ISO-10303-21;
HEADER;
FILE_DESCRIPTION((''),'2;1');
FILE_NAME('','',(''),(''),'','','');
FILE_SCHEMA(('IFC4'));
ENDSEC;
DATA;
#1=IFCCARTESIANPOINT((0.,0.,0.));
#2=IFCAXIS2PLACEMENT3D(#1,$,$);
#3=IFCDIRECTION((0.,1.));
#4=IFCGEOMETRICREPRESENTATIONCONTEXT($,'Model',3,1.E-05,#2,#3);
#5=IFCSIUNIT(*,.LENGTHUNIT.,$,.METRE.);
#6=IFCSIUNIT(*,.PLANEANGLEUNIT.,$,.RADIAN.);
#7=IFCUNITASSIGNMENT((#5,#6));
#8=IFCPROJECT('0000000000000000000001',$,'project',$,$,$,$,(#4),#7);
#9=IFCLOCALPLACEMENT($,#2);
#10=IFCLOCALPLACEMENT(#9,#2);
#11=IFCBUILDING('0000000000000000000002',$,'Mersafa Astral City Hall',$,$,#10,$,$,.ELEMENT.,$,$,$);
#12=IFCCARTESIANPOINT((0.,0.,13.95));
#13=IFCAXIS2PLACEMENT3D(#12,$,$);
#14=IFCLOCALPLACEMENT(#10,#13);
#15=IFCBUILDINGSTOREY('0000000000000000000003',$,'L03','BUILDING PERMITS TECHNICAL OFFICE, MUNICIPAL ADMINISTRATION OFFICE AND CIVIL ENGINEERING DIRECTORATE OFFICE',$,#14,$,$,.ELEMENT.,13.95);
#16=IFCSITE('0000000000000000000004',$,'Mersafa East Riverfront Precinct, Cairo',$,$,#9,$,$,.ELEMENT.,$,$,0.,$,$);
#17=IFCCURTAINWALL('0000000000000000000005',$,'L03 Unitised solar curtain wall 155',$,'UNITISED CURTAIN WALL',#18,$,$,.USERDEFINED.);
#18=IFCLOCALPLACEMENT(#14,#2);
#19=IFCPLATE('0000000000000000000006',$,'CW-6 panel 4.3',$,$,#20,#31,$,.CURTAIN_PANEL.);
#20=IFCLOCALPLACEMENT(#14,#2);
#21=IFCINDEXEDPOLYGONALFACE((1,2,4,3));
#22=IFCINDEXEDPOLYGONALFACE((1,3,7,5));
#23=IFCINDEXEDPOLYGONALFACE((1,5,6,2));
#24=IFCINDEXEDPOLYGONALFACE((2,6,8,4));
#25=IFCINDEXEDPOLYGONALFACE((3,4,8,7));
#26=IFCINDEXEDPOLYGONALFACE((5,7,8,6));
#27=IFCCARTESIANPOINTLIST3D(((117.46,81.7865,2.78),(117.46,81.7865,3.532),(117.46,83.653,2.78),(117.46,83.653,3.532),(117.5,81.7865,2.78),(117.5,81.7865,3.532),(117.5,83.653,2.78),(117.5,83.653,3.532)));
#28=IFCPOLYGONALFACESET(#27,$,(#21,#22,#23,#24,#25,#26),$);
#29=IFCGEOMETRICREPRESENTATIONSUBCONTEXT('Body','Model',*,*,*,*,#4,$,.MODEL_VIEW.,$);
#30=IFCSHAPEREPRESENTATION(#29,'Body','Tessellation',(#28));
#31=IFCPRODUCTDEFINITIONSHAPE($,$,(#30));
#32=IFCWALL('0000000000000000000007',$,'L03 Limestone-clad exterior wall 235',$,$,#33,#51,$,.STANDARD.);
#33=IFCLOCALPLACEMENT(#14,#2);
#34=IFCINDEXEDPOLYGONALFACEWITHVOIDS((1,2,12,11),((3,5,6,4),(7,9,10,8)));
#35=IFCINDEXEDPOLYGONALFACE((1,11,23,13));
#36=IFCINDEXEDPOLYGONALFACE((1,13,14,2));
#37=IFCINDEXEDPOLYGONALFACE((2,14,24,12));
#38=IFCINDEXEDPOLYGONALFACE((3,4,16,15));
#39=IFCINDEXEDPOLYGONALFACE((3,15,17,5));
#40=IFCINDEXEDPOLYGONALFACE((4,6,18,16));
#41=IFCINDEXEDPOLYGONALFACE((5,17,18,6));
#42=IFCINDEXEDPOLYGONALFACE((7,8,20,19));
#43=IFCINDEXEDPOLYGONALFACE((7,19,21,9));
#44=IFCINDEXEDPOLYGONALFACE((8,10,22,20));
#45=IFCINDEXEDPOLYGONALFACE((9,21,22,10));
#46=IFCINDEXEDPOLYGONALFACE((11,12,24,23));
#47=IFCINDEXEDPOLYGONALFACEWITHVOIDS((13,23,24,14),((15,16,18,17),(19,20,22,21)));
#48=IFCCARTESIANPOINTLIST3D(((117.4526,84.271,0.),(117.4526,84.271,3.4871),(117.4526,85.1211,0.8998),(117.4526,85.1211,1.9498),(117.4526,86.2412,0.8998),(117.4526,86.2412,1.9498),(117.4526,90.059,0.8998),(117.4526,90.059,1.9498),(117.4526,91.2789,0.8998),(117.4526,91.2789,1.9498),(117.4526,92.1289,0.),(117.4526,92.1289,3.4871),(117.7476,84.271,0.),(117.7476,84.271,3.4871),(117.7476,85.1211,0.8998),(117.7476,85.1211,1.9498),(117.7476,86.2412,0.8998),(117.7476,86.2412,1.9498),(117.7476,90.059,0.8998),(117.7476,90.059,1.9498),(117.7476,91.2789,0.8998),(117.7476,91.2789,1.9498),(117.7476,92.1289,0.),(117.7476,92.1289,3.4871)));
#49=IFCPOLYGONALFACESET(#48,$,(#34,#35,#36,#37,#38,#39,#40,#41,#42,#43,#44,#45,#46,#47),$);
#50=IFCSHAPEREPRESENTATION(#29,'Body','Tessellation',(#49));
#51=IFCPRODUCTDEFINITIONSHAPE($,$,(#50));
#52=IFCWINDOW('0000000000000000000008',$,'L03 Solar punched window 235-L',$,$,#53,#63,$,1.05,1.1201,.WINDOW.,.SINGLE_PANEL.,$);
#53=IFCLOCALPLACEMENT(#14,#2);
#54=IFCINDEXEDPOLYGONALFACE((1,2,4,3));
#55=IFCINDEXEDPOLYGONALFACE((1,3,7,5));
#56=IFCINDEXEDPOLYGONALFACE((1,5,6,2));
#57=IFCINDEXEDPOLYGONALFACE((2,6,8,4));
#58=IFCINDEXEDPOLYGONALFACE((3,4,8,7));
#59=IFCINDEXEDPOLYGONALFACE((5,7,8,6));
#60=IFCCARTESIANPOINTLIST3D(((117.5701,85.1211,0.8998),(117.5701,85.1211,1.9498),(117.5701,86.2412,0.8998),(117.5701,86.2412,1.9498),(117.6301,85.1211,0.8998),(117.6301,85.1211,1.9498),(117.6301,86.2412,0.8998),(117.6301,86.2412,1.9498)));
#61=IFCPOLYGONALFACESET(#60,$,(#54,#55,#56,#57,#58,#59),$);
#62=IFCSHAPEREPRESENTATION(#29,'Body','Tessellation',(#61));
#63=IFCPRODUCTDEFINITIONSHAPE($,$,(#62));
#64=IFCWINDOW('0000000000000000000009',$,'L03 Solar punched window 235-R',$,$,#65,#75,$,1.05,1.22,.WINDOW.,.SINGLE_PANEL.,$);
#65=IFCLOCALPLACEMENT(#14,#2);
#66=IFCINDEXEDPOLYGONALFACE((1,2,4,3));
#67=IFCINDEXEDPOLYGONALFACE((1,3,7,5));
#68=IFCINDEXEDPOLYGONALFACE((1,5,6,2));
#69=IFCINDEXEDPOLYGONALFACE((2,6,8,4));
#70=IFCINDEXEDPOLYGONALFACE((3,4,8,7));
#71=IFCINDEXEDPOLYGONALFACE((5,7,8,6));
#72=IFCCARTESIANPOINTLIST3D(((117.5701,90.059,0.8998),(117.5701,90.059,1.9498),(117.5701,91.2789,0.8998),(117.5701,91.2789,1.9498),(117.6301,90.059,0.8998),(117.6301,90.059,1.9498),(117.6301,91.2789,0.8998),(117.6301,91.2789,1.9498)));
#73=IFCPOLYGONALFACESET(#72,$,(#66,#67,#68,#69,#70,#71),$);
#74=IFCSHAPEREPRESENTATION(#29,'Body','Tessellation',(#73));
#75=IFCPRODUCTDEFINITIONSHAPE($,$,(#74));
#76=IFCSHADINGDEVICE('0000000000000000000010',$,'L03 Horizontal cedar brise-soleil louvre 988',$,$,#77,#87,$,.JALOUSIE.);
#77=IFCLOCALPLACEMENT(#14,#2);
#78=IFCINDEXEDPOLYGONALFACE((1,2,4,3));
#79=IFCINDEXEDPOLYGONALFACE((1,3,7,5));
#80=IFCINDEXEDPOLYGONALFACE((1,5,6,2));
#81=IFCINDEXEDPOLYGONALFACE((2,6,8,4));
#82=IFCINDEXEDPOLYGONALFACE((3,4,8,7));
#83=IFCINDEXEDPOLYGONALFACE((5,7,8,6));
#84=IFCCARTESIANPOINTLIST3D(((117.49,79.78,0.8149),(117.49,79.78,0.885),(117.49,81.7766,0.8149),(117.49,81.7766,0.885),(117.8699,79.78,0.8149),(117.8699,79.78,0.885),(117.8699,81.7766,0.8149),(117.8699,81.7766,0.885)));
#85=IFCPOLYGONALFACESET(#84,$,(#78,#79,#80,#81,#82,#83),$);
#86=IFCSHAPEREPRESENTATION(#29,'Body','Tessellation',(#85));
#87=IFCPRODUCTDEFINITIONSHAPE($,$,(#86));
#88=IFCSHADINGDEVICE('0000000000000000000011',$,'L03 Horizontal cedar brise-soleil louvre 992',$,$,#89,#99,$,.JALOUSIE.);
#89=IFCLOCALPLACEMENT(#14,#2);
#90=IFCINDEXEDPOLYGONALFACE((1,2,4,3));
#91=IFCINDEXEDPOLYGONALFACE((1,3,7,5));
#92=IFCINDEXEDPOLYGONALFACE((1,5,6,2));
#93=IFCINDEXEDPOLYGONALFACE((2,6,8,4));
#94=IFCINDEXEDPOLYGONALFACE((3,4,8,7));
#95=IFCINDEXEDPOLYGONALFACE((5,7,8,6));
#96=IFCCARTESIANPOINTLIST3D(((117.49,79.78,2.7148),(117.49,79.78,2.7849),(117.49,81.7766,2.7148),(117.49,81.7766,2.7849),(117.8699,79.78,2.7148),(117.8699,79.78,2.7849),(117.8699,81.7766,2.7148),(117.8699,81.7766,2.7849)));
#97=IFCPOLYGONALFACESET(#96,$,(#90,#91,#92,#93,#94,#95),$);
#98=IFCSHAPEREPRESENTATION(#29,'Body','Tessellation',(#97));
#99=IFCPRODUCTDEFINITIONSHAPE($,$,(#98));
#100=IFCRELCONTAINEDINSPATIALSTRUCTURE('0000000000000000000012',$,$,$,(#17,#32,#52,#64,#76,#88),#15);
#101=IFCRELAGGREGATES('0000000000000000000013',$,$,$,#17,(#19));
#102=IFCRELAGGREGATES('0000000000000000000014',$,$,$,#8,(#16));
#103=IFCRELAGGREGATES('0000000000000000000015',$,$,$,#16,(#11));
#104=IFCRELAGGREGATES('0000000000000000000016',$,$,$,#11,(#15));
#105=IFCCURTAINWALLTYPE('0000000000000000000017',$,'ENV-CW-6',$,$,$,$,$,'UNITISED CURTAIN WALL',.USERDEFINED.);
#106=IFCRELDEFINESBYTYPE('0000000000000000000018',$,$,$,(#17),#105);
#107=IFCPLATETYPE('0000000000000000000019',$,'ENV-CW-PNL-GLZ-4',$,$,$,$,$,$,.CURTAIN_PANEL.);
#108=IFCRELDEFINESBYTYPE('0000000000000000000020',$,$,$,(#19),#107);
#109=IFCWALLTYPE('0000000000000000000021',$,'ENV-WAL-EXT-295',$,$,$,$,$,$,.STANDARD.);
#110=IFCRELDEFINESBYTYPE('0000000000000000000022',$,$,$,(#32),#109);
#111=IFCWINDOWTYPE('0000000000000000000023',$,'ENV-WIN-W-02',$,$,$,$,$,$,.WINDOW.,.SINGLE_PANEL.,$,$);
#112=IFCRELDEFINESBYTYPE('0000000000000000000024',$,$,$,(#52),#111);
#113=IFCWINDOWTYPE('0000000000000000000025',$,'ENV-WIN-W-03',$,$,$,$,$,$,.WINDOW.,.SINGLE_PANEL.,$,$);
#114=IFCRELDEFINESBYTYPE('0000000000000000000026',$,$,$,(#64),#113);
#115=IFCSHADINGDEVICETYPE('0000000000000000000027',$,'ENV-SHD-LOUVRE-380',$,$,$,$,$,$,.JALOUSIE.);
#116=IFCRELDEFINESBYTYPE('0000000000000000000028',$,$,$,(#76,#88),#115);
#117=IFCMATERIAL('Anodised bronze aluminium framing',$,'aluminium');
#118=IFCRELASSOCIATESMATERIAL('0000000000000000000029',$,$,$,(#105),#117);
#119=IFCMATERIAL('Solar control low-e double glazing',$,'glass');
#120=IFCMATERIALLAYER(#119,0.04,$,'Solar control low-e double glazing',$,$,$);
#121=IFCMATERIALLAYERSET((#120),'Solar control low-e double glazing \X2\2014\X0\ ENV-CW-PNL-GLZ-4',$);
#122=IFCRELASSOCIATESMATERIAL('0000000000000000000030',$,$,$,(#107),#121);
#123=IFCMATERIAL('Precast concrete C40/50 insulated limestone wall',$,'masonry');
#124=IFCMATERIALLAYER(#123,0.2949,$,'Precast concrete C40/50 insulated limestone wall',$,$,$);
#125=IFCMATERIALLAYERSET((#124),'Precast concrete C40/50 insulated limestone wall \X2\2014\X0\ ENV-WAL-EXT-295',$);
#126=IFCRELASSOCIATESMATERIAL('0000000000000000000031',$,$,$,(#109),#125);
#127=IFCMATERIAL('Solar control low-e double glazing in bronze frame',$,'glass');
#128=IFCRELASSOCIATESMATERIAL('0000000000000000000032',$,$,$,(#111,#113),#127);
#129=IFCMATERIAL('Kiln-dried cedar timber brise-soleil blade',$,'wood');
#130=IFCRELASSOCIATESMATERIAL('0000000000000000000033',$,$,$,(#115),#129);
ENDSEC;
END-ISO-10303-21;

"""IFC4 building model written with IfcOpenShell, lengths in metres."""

from ifc_helpers import new_model, si_unit, direction, frame, frame_2d, origin, origin_2d, place, context, subcontext, project, spatial, rectangle, extrude, material, layer, layer_set, type_object, element, fill, aggregate, save


model = new_model("IFC4")

# Units and contexts
model_context = context("Model", 3, precision=1e-05, world=origin(), true_north=direction((0.0, 1.0)))
body_context = subcontext(model_context, "Body", "Model", "MODEL_VIEW")
ifc_project = project(units=[si_unit("LENGTHUNIT", "METRE"), si_unit("PLANEANGLEUNIT", "RADIAN")], contexts=[model_context])

# Site, building, storey
site_placement = place(None, origin())
site = spatial("IfcSite", under=ifc_project, at=site_placement, Name="Mersafa East Riverfront Precinct, Cairo", CompositionType="ELEMENT", RefElevation=0.0)
building_placement = place(site_placement, origin())
building = spatial("IfcBuilding", under=site, at=building_placement, Name="Mersafa Astral City Hall", CompositionType="ELEMENT")
storey_placement = place(building_placement, frame((0.0, 0.0, 13.95)))
storey = spatial("IfcBuildingStorey", under=building, at=storey_placement, Name="L03", Description="BUILDING PERMITS TECHNICAL OFFICE, MUNICIPAL ADMINISTRATION OFFICE AND CIVIL ENGINEERING DIRECTORATE OFFICE", CompositionType="ELEMENT", Elevation=13.95)

# Curtain wall
ifc_material_1 = material(Name="Anodised bronze aluminium framing", Category="aluminium")
curtain_wall_type = type_object("IfcCurtainWallType", Name="ENV-CW-6", ElementType="UNITISED CURTAIN WALL", PredefinedType="USERDEFINED", material=ifc_material_1)
curtain_wall_placement = place(storey_placement, origin())
curtain_wall = element("IfcCurtainWall", 1, at=curtain_wall_placement, inside=storey, type_object=curtain_wall_type, Name="L03 Unitised solar curtain wall 155", ObjectType="UNITISED CURTAIN WALL", PredefinedType="USERDEFINED")

# Plate
ifc_material_2 = material(Name="Solar control low-e double glazing", Category="glass")
ifc_layer_1 = layer(ifc_material_2, 0.04, Name="Solar control low-e double glazing")
ifc_layer_set_1 = layer_set([ifc_layer_1], Name="Solar control low-e double glazing — ENV-CW-PNL-GLZ-4")
plate_type = type_object("IfcPlateType", Name="ENV-CW-PNL-GLZ-4", PredefinedType="CURTAIN_PANEL", material=ifc_layer_set_1)
plate_1_placement = place(storey_placement, frame((117.48, 82.7197, 2.78), z_axis=(0.0, 0.0, 1.0), x_axis=(0.0, 1.0, 0.0)))
plate_1 = element("IfcPlate", 2, at=plate_1_placement, type_object=plate_type, Name="CW-6 panel 4.3", PredefinedType="CURTAIN_PANEL", context=body_context, shape_type="SweptSolid", body=[
    extrude(rectangle(XDim=1.8665, YDim=0.04, at=origin_2d()), origin(), (0.0, 0.0, 1.0), 0.752),
])
aggregate(curtain_wall, [plate_1])

# Wall, openings, windows
ifc_material_3 = material(Name="Precast concrete C40/50 insulated limestone wall", Category="masonry")
ifc_layer_2 = layer(ifc_material_3, 0.2949, Name="Precast concrete C40/50 insulated limestone wall")
ifc_layer_set_2 = layer_set([ifc_layer_2], Name="Precast concrete C40/50 insulated limestone wall — ENV-WAL-EXT-295")
wall_type = type_object("IfcWallType", Name="ENV-WAL-EXT-295", PredefinedType="STANDARD", material=ifc_layer_set_2)
wall_placement = place(storey_placement, frame((117.6001, 84.271, 0.0), z_axis=(0.0, 0.0, 1.0), x_axis=(0.0, 1.0, 0.0)))
wall = element("IfcWall", 3, at=wall_placement, inside=storey, type_object=wall_type, Name="L03 Limestone-clad exterior wall 235", PredefinedType="STANDARD", context=body_context, shape_type="SweptSolid", body=[
    extrude(rectangle(XDim=7.8579, YDim=0.2949, at=frame_2d((3.929, 0.0))), origin(), (0.0, 0.0, 1.0), 3.4871),
])
opening_1_placement = place(wall_placement, frame((0.8501, 0.0, 0.8999)))
opening_1 = element("IfcOpeningElement", 4, at=opening_1_placement, cuts=wall, PredefinedType="OPENING", context=body_context, shape_type="SweptSolid", body=[
    extrude(rectangle(XDim=1.1201, YDim=1.05, at=frame_2d((0.5601, 0.5249))), frame((0.0, 0.1575, 0.0), z_axis=(0.0, -1.0, 0.0), x_axis=(1.0, 0.0, 0.0)), (0.0, 0.0, 1.0), 0.3149),
])
opening_2_placement = place(wall_placement, frame((5.7881, 0.0, 0.8999)))
opening_2 = element("IfcOpeningElement", 5, at=opening_2_placement, cuts=wall, PredefinedType="OPENING", context=body_context, shape_type="SweptSolid", body=[
    extrude(rectangle(XDim=1.22, YDim=1.05, at=frame_2d((0.6099, 0.5249))), frame((0.0, 0.1575, 0.0), z_axis=(0.0, -1.0, 0.0), x_axis=(1.0, 0.0, 0.0)), (0.0, 0.0, 1.0), 0.3149),
])
ifc_material_4 = material(Name="Solar control low-e double glazing in bronze frame", Category="glass")
window_type_1 = type_object("IfcWindowType", Name="ENV-WIN-W-02", PartitioningType="SINGLE_PANEL", PredefinedType="WINDOW", material=ifc_material_4)
window_1_placement = place(opening_1_placement, origin())
window_1 = element("IfcWindow", 6, at=window_1_placement, inside=storey, type_object=window_type_1, Name="L03 Solar punched window 235-L", OverallHeight=1.05, OverallWidth=1.1201, PartitioningType="SINGLE_PANEL", PredefinedType="WINDOW", context=body_context, shape_type="SweptSolid", body=[
    extrude(rectangle(XDim=1.1201, YDim=1.05, at=frame_2d((0.5601, 0.5249))), frame((0.0, 0.03, 0.0), z_axis=(0.0, -1.0, 0.0), x_axis=(1.0, 0.0, 0.0)), (0.0, 0.0, 1.0), 0.0601),
])
fill(opening_1, window_1)
window_type_2 = type_object("IfcWindowType", Name="ENV-WIN-W-03", PartitioningType="SINGLE_PANEL", PredefinedType="WINDOW", material=ifc_material_4)
window_2_placement = place(opening_2_placement, origin())
window_2 = element("IfcWindow", 7, at=window_2_placement, inside=storey, type_object=window_type_2, Name="L03 Solar punched window 235-R", OverallHeight=1.05, OverallWidth=1.22, PartitioningType="SINGLE_PANEL", PredefinedType="WINDOW", context=body_context, shape_type="SweptSolid", body=[
    extrude(rectangle(XDim=1.22, YDim=1.05, at=frame_2d((0.6099, 0.5249))), frame((0.0, 0.03, 0.0), z_axis=(0.0, -1.0, 0.0), x_axis=(1.0, 0.0, 0.0)), (0.0, 0.0, 1.0), 0.0601),
])
fill(opening_2, window_2)

# Shading devices
ifc_material_5 = material(Name="Kiln-dried cedar timber brise-soleil blade", Category="wood")
shading_device_type = type_object("IfcShadingDeviceType", Name="ENV-SHD-LOUVRE-380", PredefinedType="JALOUSIE", material=ifc_material_5)
for number, where, z_axis, x_axis, name in (
    (8, (117.6799, 80.7783, 0.8149), (0.0, 0.0, 1.0), (0.0, 1.0, 0.0), "L03 Horizontal cedar brise-soleil louvre 988"),
    (9, (117.6799, 80.7783, 2.7148), (0.0, 0.0, 1.0), (0.0, 1.0, 0.0), "L03 Horizontal cedar brise-soleil louvre 992"),
):
    element("IfcShadingDevice", number, at=place(storey_placement, frame(where, z_axis=z_axis, x_axis=x_axis)), inside=storey, type_object=shading_device_type, Name=name, PredefinedType="JALOUSIE", context=body_context, shape_type="SweptSolid", body=[
        extrude(rectangle(XDim=1.9966, YDim=0.3799, at=origin_2d()), origin(), (0.0, 0.0, 1.0), 0.0701),
    ])

save(model, "model.ifc")
